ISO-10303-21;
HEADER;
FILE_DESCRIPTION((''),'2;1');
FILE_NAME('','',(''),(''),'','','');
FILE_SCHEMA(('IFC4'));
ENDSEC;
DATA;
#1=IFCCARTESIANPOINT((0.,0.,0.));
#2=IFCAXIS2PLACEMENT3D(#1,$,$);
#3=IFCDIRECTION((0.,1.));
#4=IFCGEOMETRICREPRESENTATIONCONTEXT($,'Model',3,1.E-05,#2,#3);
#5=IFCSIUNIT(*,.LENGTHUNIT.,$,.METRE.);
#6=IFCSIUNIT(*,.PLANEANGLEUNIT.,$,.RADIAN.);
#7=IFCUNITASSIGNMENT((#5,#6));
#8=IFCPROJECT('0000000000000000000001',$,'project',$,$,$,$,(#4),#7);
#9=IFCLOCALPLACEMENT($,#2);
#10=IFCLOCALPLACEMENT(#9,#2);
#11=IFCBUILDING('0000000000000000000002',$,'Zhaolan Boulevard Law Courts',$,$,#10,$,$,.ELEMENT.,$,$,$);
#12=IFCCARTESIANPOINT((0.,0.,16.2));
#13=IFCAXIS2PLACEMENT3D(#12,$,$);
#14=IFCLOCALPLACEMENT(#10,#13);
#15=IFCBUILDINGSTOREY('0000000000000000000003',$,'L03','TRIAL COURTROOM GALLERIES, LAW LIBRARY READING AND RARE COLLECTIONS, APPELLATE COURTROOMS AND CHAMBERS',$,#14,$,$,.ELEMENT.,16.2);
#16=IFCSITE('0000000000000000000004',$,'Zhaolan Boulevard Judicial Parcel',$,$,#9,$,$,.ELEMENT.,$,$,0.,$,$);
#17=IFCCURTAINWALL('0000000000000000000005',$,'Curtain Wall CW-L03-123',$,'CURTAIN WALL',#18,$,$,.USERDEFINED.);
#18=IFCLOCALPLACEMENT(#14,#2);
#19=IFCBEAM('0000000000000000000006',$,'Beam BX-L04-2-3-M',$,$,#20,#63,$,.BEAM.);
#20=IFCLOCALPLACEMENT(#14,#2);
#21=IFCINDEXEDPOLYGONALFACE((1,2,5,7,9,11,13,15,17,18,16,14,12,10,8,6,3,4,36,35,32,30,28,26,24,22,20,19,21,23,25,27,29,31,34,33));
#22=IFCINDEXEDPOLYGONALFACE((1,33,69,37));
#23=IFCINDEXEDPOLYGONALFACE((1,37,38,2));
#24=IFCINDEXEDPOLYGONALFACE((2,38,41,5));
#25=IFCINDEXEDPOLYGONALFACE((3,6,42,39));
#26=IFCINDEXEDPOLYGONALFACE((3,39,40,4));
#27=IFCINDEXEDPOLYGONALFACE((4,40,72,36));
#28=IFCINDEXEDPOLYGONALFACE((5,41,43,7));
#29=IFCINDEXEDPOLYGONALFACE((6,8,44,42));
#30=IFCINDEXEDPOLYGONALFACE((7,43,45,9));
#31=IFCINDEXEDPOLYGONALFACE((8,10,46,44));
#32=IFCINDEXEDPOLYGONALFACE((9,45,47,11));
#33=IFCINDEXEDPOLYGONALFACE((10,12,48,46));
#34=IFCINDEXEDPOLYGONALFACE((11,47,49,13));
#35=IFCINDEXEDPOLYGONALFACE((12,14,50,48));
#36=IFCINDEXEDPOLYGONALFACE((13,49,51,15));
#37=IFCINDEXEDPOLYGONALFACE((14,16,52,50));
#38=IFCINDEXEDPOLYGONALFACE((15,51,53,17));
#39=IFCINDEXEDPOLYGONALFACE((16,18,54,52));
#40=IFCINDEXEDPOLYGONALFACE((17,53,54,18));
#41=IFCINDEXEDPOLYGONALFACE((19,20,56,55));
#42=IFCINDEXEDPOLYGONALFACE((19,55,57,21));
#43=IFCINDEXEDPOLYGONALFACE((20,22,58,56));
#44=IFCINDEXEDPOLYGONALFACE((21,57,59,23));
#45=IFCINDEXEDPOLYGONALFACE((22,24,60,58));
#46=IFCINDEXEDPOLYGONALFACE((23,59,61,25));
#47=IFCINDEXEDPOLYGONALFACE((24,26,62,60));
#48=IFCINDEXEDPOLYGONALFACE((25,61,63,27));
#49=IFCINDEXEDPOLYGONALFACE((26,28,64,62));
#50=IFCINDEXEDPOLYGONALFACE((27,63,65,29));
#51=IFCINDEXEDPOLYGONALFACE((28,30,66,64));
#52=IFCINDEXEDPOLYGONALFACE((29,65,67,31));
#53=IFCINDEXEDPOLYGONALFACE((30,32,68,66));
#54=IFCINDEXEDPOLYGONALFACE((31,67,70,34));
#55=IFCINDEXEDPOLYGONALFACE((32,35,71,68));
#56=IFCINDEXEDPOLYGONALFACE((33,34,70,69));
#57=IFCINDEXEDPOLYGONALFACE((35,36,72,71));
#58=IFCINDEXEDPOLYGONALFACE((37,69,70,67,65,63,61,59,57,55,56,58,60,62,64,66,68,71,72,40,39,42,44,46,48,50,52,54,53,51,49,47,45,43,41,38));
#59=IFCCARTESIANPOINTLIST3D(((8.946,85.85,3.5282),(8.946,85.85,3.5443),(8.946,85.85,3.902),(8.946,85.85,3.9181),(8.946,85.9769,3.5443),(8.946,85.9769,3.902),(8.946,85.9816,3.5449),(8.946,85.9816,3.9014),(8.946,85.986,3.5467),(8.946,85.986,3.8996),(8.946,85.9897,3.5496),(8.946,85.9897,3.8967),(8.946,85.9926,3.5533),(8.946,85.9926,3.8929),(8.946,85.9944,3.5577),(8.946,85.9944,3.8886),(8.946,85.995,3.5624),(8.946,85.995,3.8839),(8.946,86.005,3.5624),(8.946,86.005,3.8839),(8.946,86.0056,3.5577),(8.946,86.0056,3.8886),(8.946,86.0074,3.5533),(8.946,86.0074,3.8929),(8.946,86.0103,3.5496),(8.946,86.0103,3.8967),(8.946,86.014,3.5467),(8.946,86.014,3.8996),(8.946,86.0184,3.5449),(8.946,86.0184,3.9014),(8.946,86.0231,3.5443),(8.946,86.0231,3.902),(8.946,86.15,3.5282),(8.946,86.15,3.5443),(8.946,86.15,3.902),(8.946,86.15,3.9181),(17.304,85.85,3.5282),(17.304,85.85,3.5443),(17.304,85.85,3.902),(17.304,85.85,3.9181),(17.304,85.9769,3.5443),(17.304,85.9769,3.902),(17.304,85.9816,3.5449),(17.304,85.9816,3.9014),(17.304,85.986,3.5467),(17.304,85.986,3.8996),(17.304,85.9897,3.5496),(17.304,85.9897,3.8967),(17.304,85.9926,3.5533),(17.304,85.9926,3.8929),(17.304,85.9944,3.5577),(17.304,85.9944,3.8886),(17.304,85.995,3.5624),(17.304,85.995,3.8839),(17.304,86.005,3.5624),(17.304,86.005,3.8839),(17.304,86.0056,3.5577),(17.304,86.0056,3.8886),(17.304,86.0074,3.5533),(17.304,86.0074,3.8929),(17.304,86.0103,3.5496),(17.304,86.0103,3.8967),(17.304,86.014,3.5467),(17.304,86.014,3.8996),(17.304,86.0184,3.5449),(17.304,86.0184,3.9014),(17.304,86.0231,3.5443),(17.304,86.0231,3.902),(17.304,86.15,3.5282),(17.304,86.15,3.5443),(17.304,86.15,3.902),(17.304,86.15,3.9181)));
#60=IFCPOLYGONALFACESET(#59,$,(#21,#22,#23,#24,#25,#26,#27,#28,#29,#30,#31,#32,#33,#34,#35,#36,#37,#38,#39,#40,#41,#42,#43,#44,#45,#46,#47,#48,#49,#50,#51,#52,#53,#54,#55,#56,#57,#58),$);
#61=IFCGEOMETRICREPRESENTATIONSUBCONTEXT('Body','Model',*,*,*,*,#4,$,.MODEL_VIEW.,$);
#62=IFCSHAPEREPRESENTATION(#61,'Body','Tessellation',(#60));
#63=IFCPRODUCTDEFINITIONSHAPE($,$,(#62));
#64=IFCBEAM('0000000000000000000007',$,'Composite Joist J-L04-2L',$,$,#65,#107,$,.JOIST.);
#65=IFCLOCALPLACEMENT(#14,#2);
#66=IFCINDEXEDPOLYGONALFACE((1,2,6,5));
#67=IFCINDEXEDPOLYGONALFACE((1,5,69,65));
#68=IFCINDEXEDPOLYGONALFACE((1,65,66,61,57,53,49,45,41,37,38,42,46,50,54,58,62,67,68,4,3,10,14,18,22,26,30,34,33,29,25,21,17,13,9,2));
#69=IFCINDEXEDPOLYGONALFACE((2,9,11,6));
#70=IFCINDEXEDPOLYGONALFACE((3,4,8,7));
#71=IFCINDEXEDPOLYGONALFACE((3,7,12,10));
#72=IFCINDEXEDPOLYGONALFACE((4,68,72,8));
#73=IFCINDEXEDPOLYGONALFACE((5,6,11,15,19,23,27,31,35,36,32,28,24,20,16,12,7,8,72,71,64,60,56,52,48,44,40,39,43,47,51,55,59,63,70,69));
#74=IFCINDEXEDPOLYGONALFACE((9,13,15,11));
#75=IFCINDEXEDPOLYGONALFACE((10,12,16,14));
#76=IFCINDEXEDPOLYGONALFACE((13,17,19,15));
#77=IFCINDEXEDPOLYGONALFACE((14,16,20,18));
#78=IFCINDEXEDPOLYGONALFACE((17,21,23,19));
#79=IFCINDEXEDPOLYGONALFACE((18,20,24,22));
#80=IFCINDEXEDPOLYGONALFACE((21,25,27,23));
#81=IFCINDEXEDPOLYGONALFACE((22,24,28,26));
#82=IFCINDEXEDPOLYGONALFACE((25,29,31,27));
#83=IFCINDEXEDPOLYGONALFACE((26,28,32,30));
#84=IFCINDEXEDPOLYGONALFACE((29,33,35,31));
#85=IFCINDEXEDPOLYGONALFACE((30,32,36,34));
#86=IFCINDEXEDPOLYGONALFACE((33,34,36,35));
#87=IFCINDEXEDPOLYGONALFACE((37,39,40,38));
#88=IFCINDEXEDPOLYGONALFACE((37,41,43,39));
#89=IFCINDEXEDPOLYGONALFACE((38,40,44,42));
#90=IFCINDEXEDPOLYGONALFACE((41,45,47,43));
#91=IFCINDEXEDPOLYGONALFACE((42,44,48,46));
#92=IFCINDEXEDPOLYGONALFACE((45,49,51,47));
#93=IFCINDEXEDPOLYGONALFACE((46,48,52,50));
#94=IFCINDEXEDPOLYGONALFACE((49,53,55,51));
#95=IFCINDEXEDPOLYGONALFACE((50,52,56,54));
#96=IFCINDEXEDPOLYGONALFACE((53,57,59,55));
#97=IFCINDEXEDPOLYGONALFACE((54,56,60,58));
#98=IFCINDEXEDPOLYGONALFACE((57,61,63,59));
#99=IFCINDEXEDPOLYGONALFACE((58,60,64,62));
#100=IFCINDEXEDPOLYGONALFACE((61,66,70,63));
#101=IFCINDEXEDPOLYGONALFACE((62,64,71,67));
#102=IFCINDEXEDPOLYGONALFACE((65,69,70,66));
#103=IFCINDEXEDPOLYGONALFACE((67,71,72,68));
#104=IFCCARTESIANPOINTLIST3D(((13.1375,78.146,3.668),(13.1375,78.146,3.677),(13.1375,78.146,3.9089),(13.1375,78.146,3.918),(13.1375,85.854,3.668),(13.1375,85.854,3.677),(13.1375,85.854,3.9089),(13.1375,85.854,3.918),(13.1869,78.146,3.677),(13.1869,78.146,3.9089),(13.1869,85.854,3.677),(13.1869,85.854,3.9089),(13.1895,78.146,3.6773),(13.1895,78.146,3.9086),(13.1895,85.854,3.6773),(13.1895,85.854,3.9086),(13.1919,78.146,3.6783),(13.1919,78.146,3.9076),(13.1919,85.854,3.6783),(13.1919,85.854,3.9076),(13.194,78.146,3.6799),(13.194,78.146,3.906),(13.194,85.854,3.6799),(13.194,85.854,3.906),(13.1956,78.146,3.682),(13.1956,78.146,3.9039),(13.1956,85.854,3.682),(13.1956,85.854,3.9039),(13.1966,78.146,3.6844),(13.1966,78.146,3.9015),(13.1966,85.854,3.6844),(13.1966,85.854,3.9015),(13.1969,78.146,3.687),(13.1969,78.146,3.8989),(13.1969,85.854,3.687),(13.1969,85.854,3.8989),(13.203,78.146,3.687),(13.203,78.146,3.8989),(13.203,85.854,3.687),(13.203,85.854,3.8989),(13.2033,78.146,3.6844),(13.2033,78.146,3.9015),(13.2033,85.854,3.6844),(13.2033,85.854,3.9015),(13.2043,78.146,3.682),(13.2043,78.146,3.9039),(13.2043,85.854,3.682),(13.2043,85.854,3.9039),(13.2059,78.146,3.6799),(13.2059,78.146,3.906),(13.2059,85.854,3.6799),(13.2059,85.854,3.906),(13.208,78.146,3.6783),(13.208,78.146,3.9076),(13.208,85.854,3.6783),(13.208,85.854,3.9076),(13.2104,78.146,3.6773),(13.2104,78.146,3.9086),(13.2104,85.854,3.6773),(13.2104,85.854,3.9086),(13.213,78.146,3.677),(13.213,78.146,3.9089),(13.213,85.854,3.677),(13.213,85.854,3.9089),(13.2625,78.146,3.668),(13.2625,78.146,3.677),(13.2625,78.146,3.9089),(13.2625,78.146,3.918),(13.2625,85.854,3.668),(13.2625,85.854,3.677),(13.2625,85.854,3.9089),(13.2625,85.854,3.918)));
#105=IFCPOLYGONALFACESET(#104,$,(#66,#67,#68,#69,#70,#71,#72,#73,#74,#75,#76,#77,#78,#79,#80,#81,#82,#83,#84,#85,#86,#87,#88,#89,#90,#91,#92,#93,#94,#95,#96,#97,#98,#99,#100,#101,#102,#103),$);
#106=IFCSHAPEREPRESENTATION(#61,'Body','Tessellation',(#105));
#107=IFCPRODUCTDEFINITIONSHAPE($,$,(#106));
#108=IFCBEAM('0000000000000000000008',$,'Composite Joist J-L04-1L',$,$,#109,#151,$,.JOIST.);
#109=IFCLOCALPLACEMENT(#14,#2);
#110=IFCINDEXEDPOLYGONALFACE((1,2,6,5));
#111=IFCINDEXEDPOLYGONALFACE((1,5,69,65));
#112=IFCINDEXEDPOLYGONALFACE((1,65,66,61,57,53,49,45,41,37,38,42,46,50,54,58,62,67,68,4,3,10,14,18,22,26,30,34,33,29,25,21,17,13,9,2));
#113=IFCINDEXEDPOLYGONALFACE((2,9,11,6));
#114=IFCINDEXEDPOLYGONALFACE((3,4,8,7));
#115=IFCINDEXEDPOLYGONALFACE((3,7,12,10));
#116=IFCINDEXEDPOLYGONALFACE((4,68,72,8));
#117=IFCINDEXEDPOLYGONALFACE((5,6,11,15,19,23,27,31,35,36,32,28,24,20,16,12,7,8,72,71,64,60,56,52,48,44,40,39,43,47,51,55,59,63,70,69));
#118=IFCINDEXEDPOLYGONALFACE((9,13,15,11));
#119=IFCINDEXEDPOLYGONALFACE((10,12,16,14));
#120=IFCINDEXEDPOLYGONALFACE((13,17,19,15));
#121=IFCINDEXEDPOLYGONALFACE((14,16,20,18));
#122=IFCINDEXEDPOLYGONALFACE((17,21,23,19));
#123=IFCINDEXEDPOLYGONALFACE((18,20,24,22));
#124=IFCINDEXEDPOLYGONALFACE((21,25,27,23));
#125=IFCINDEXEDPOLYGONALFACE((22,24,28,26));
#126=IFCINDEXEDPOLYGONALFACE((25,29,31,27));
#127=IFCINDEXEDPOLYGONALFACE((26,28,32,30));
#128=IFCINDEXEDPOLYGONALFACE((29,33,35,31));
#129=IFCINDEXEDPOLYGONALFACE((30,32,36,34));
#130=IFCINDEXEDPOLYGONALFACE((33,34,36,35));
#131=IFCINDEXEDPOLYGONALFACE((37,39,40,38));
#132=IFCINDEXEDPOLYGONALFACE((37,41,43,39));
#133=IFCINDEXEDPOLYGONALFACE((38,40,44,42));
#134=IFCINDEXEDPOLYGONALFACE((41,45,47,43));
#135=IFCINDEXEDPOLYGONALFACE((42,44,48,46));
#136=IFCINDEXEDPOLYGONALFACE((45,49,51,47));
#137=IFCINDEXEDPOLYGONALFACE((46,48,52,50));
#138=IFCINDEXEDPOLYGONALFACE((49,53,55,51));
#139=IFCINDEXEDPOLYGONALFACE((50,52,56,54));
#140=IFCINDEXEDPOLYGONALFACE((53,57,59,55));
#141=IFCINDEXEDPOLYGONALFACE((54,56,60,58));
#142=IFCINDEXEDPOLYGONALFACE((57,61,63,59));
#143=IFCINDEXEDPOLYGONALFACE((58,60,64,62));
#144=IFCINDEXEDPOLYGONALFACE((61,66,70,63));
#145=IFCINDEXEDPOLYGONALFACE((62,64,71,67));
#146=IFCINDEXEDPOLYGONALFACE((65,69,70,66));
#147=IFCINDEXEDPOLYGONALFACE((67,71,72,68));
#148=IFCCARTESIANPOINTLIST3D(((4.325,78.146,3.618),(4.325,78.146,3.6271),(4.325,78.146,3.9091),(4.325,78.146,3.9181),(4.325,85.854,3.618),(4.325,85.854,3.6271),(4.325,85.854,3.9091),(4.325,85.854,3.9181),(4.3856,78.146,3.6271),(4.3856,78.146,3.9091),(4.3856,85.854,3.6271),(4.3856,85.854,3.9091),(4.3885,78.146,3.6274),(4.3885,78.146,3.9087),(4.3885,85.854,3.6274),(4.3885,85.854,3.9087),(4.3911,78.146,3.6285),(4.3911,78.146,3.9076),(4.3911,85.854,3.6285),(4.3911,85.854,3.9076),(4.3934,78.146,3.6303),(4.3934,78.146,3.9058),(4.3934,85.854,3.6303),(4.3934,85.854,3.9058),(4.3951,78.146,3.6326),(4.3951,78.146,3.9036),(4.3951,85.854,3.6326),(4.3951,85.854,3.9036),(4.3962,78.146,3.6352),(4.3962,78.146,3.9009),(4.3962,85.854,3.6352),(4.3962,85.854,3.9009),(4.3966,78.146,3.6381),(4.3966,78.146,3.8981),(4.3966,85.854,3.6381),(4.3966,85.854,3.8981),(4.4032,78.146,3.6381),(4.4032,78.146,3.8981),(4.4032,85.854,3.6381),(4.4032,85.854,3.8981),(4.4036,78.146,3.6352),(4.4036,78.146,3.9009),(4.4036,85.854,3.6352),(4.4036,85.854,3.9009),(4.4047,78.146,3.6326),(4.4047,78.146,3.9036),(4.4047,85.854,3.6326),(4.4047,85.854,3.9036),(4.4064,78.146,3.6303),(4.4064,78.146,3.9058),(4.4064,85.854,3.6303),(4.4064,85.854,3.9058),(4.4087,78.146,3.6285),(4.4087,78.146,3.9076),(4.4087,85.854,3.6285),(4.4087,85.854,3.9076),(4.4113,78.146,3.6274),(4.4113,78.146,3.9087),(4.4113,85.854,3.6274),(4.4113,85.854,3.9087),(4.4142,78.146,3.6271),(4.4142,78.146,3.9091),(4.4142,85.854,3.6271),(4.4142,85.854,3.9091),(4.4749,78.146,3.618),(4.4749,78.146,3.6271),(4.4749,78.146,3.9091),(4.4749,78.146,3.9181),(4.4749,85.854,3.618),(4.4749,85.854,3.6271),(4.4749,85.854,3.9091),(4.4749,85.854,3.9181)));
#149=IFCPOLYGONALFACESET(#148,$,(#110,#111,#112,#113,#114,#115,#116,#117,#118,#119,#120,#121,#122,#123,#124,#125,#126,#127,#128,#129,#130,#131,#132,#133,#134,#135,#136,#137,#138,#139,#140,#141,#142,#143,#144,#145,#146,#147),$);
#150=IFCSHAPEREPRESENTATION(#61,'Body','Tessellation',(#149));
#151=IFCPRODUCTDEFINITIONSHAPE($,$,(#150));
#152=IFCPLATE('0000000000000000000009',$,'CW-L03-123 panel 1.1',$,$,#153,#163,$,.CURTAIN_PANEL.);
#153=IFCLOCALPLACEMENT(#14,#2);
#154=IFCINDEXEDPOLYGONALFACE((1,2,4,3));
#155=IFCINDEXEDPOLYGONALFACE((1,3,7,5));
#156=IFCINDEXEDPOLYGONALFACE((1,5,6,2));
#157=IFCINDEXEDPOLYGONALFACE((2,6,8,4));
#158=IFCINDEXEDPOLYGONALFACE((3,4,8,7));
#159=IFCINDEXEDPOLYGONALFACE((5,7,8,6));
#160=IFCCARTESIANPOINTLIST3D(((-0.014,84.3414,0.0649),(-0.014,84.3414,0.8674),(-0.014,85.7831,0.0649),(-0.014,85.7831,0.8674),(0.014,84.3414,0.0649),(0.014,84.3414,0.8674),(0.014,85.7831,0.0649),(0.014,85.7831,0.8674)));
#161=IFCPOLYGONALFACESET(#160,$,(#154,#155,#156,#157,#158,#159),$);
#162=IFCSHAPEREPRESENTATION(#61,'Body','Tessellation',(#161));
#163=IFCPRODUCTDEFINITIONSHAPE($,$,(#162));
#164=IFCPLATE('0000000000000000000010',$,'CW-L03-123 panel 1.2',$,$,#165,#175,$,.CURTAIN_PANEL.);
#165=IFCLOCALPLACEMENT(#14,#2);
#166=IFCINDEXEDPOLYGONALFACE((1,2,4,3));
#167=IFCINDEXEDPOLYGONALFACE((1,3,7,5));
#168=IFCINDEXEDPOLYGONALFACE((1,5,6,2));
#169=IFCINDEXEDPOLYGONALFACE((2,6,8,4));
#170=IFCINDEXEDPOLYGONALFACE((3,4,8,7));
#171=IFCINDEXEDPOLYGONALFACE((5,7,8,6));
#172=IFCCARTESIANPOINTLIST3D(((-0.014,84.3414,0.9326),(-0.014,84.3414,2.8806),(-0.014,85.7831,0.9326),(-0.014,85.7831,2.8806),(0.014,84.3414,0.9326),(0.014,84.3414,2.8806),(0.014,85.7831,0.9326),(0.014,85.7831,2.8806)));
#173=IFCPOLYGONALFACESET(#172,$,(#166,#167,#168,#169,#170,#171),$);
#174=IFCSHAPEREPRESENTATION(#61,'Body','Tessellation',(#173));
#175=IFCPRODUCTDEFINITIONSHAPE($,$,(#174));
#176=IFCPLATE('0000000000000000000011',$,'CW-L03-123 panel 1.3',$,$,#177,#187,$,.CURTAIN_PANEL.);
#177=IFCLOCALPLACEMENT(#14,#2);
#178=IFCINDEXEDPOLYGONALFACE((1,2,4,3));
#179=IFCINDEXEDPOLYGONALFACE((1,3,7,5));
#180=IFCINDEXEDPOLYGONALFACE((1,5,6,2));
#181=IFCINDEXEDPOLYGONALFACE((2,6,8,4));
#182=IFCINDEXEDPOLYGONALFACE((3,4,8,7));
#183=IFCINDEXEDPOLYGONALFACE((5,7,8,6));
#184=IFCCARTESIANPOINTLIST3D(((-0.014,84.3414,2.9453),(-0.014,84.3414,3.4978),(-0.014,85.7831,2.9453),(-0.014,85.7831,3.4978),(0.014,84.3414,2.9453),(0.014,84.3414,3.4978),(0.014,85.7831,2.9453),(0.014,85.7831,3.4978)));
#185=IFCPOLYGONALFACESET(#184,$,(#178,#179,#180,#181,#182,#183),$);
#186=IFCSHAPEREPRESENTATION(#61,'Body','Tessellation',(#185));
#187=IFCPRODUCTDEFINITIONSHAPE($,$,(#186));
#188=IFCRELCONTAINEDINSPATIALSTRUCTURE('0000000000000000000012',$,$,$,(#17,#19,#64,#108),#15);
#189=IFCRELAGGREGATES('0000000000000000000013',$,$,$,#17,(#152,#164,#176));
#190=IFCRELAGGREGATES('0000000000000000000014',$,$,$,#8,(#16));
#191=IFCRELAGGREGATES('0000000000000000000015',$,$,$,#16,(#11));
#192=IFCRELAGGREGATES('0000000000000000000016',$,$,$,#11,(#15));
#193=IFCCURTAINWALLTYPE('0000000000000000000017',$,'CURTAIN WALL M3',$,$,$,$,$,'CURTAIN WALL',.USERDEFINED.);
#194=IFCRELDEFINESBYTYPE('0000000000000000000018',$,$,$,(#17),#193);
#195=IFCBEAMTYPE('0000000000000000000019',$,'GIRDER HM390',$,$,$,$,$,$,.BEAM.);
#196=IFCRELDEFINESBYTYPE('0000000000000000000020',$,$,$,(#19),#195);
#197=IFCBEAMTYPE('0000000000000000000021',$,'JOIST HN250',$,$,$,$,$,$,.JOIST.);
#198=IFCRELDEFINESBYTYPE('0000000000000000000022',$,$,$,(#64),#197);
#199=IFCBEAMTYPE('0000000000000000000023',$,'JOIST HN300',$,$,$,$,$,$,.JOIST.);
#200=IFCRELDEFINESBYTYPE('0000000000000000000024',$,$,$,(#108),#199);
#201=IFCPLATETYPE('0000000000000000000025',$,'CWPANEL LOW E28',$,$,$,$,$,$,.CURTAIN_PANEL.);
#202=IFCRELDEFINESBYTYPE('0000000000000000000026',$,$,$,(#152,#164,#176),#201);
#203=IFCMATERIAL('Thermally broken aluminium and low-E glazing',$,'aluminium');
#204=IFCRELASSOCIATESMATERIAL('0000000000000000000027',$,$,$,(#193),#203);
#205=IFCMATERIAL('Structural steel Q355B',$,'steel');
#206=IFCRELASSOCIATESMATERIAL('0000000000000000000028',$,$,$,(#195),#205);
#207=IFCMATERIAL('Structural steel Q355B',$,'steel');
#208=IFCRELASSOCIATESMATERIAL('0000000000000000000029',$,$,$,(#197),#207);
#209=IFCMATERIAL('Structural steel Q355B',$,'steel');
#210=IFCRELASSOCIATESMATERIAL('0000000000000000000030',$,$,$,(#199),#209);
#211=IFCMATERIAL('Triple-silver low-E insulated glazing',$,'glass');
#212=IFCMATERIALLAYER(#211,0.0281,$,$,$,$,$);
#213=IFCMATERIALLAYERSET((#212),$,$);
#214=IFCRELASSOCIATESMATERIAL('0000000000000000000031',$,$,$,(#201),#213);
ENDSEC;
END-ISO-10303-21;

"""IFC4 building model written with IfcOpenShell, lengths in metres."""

from ifc_helpers import new_model, si_unit, direction, frame, origin, origin_2d, place, context, subcontext, project, spatial, rectangle, i_section, extrude, material, layer, layer_set, material_profile, profile_set, type_object, element, aggregate, save


model = new_model("IFC4")

# Units and contexts
model_context = context("Model", 3, precision=1e-05, world=origin(), true_north=direction((0.0, 1.0)))
body_context = subcontext(model_context, "Body", "Model", "MODEL_VIEW")
ifc_project = project(units=[si_unit("LENGTHUNIT", "METRE"), si_unit("PLANEANGLEUNIT", "RADIAN")], contexts=[model_context])

# Site, building, storey
site_placement = place(None, origin())
site = spatial("IfcSite", under=ifc_project, at=site_placement, Name="Zhaolan Boulevard Judicial Parcel", CompositionType="ELEMENT", RefElevation=0.0)
building_placement = place(site_placement, origin())
building = spatial("IfcBuilding", under=site, at=building_placement, Name="Zhaolan Boulevard Law Courts", CompositionType="ELEMENT")
storey_placement = place(building_placement, frame((0.0, 0.0, 16.2)))
storey = spatial("IfcBuildingStorey", under=building, at=storey_placement, Name="L03", Description="TRIAL COURTROOM GALLERIES, LAW LIBRARY READING AND RARE COLLECTIONS, APPELLATE COURTROOMS AND CHAMBERS", CompositionType="ELEMENT", Elevation=16.2)

# Curtain wall
ifc_material_1 = material(Name="Thermally broken aluminium and low-E glazing", Category="aluminium")
curtain_wall_type = type_object("IfcCurtainWallType", Name="CURTAIN WALL M3", ElementType="CURTAIN WALL", PredefinedType="USERDEFINED", material=ifc_material_1)
curtain_wall_placement = place(storey_placement, origin())
curtain_wall = element("IfcCurtainWall", 1, at=curtain_wall_placement, inside=storey, type_object=curtain_wall_type, Name="Curtain Wall CW-L03-123", ObjectType="CURTAIN WALL", PredefinedType="USERDEFINED")

# Beams
ifc_material_2 = material(Name="Structural steel Q355B", Category="steel")
ifc_material_profile_1 = material_profile(ifc_material_2, i_section(OverallWidth=0.3, OverallDepth=0.3899, WebThickness=0.01, FlangeThickness=0.0161, FilletRadius=0.0181, at=origin_2d()), Name="HM390x300")
ifc_profile_set_1 = profile_set([ifc_material_profile_1], Name="Structural steel Q355B")
beam_type_1 = type_object("IfcBeamType", Name="GIRDER HM390", PredefinedType="BEAM", material=ifc_profile_set_1)
beam_1_placement = place(storey_placement, frame((8.946, 86.0, 3.7231), z_axis=(1.0, 0.0, 0.0), x_axis=(0.0, 1.0, 0.0)))
element("IfcBeam", 2, at=beam_1_placement, inside=storey, type_object=beam_type_1, Name="Beam BX-L04-2-3-M", PredefinedType="BEAM", context=body_context, shape_type="SweptSolid", body=[
    extrude(i_section(OverallWidth=0.3, OverallDepth=0.3899, WebThickness=0.01, FlangeThickness=0.0161, FilletRadius=0.0181, at=origin_2d()), origin(), (0.0, 0.0, 1.0), 8.3579),
])
ifc_material_3 = material(Name="Structural steel Q355B", Category="steel")
ifc_material_profile_2 = material_profile(ifc_material_3, i_section(OverallWidth=0.125, OverallDepth=0.25, WebThickness=0.0061, FlangeThickness=0.009, FilletRadius=0.01, at=origin_2d()), Name="HN250x125")
ifc_profile_set_2 = profile_set([ifc_material_profile_2], Name="Structural steel Q355B")
beam_type_2 = type_object("IfcBeamType", Name="JOIST HN250", PredefinedType="JOIST", material=ifc_profile_set_2)
beam_2_placement = place(storey_placement, frame((13.2, 78.146, 3.793), z_axis=(0.0, 1.0, 0.0), x_axis=(-1.0, 0.0, 0.0)))
element("IfcBeam", 3, at=beam_2_placement, inside=storey, type_object=beam_type_2, Name="Composite Joist J-L04-2L", PredefinedType="JOIST", context=body_context, shape_type="SweptSolid", body=[
    extrude(i_section(OverallWidth=0.125, OverallDepth=0.25, WebThickness=0.0061, FlangeThickness=0.009, FilletRadius=0.01, at=origin_2d()), origin(), (0.0, 0.0, 1.0), 7.708),
])
ifc_material_4 = material(Name="Structural steel Q355B", Category="steel")
ifc_material_profile_3 = material_profile(ifc_material_4, i_section(OverallWidth=0.1499, OverallDepth=0.3, WebThickness=0.0066, FlangeThickness=0.009, FilletRadius=0.011, at=origin_2d()), Name="HN300x150")
ifc_profile_set_3 = profile_set([ifc_material_profile_3], Name="Structural steel Q355B")
beam_type_3 = type_object("IfcBeamType", Name="JOIST HN300", PredefinedType="JOIST", material=ifc_profile_set_3)
beam_3_placement = place(storey_placement, frame((4.3999, 78.146, 3.7681), z_axis=(0.0, 1.0, 0.0), x_axis=(-1.0, 0.0, 0.0)))
element("IfcBeam", 4, at=beam_3_placement, inside=storey, type_object=beam_type_3, Name="Composite Joist J-L04-1L", PredefinedType="JOIST", context=body_context, shape_type="SweptSolid", body=[
    extrude(i_section(OverallWidth=0.1499, OverallDepth=0.3, WebThickness=0.0066, FlangeThickness=0.009, FilletRadius=0.011, at=origin_2d()), origin(), (0.0, 0.0, 1.0), 7.708),
])

# Plates
ifc_material_5 = material(Name="Triple-silver low-E insulated glazing", Category="glass")
ifc_layer_1 = layer(ifc_material_5, 0.0281)
ifc_layer_set_1 = layer_set([ifc_layer_1])
plate_type = type_object("IfcPlateType", Name="CWPANEL LOW E28", PredefinedType="CURTAIN_PANEL", material=ifc_layer_set_1)
plate_1_placement = place(storey_placement, frame((0.0, 85.0623, 0.0649), z_axis=(0.0, 0.0, 1.0), x_axis=(0.0, -1.0, 0.0)))
plate_1 = element("IfcPlate", 5, at=plate_1_placement, type_object=plate_type, Name="CW-L03-123 panel 1.1", PredefinedType="CURTAIN_PANEL", context=body_context, shape_type="SweptSolid", body=[
    extrude(rectangle(XDim=1.4417, YDim=0.0281, at=origin_2d()), origin(), (0.0, 0.0, 1.0), 0.8025),
])
plate_2_placement = place(storey_placement, frame((0.0, 85.0623, 0.9326), z_axis=(0.0, 0.0, 1.0), x_axis=(0.0, -1.0, 0.0)))
plate_2 = element("IfcPlate", 6, at=plate_2_placement, type_object=plate_type, Name="CW-L03-123 panel 1.2", PredefinedType="CURTAIN_PANEL", context=body_context, shape_type="SweptSolid", body=[
    extrude(rectangle(XDim=1.4417, YDim=0.0281, at=origin_2d()), origin(), (0.0, 0.0, 1.0), 1.948),
])
plate_3_placement = place(storey_placement, frame((0.0, 85.0623, 2.9453), z_axis=(0.0, 0.0, 1.0), x_axis=(0.0, -1.0, 0.0)))
plate_3 = element("IfcPlate", 7, at=plate_3_placement, type_object=plate_type, Name="CW-L03-123 panel 1.3", PredefinedType="CURTAIN_PANEL", context=body_context, shape_type="SweptSolid", body=[
    extrude(rectangle(XDim=1.4417, YDim=0.0281, at=origin_2d()), origin(), (0.0, 0.0, 1.0), 0.5525),
])
aggregate(curtain_wall, [plate_1, plate_2, plate_3])

save(model, "model.ifc")
